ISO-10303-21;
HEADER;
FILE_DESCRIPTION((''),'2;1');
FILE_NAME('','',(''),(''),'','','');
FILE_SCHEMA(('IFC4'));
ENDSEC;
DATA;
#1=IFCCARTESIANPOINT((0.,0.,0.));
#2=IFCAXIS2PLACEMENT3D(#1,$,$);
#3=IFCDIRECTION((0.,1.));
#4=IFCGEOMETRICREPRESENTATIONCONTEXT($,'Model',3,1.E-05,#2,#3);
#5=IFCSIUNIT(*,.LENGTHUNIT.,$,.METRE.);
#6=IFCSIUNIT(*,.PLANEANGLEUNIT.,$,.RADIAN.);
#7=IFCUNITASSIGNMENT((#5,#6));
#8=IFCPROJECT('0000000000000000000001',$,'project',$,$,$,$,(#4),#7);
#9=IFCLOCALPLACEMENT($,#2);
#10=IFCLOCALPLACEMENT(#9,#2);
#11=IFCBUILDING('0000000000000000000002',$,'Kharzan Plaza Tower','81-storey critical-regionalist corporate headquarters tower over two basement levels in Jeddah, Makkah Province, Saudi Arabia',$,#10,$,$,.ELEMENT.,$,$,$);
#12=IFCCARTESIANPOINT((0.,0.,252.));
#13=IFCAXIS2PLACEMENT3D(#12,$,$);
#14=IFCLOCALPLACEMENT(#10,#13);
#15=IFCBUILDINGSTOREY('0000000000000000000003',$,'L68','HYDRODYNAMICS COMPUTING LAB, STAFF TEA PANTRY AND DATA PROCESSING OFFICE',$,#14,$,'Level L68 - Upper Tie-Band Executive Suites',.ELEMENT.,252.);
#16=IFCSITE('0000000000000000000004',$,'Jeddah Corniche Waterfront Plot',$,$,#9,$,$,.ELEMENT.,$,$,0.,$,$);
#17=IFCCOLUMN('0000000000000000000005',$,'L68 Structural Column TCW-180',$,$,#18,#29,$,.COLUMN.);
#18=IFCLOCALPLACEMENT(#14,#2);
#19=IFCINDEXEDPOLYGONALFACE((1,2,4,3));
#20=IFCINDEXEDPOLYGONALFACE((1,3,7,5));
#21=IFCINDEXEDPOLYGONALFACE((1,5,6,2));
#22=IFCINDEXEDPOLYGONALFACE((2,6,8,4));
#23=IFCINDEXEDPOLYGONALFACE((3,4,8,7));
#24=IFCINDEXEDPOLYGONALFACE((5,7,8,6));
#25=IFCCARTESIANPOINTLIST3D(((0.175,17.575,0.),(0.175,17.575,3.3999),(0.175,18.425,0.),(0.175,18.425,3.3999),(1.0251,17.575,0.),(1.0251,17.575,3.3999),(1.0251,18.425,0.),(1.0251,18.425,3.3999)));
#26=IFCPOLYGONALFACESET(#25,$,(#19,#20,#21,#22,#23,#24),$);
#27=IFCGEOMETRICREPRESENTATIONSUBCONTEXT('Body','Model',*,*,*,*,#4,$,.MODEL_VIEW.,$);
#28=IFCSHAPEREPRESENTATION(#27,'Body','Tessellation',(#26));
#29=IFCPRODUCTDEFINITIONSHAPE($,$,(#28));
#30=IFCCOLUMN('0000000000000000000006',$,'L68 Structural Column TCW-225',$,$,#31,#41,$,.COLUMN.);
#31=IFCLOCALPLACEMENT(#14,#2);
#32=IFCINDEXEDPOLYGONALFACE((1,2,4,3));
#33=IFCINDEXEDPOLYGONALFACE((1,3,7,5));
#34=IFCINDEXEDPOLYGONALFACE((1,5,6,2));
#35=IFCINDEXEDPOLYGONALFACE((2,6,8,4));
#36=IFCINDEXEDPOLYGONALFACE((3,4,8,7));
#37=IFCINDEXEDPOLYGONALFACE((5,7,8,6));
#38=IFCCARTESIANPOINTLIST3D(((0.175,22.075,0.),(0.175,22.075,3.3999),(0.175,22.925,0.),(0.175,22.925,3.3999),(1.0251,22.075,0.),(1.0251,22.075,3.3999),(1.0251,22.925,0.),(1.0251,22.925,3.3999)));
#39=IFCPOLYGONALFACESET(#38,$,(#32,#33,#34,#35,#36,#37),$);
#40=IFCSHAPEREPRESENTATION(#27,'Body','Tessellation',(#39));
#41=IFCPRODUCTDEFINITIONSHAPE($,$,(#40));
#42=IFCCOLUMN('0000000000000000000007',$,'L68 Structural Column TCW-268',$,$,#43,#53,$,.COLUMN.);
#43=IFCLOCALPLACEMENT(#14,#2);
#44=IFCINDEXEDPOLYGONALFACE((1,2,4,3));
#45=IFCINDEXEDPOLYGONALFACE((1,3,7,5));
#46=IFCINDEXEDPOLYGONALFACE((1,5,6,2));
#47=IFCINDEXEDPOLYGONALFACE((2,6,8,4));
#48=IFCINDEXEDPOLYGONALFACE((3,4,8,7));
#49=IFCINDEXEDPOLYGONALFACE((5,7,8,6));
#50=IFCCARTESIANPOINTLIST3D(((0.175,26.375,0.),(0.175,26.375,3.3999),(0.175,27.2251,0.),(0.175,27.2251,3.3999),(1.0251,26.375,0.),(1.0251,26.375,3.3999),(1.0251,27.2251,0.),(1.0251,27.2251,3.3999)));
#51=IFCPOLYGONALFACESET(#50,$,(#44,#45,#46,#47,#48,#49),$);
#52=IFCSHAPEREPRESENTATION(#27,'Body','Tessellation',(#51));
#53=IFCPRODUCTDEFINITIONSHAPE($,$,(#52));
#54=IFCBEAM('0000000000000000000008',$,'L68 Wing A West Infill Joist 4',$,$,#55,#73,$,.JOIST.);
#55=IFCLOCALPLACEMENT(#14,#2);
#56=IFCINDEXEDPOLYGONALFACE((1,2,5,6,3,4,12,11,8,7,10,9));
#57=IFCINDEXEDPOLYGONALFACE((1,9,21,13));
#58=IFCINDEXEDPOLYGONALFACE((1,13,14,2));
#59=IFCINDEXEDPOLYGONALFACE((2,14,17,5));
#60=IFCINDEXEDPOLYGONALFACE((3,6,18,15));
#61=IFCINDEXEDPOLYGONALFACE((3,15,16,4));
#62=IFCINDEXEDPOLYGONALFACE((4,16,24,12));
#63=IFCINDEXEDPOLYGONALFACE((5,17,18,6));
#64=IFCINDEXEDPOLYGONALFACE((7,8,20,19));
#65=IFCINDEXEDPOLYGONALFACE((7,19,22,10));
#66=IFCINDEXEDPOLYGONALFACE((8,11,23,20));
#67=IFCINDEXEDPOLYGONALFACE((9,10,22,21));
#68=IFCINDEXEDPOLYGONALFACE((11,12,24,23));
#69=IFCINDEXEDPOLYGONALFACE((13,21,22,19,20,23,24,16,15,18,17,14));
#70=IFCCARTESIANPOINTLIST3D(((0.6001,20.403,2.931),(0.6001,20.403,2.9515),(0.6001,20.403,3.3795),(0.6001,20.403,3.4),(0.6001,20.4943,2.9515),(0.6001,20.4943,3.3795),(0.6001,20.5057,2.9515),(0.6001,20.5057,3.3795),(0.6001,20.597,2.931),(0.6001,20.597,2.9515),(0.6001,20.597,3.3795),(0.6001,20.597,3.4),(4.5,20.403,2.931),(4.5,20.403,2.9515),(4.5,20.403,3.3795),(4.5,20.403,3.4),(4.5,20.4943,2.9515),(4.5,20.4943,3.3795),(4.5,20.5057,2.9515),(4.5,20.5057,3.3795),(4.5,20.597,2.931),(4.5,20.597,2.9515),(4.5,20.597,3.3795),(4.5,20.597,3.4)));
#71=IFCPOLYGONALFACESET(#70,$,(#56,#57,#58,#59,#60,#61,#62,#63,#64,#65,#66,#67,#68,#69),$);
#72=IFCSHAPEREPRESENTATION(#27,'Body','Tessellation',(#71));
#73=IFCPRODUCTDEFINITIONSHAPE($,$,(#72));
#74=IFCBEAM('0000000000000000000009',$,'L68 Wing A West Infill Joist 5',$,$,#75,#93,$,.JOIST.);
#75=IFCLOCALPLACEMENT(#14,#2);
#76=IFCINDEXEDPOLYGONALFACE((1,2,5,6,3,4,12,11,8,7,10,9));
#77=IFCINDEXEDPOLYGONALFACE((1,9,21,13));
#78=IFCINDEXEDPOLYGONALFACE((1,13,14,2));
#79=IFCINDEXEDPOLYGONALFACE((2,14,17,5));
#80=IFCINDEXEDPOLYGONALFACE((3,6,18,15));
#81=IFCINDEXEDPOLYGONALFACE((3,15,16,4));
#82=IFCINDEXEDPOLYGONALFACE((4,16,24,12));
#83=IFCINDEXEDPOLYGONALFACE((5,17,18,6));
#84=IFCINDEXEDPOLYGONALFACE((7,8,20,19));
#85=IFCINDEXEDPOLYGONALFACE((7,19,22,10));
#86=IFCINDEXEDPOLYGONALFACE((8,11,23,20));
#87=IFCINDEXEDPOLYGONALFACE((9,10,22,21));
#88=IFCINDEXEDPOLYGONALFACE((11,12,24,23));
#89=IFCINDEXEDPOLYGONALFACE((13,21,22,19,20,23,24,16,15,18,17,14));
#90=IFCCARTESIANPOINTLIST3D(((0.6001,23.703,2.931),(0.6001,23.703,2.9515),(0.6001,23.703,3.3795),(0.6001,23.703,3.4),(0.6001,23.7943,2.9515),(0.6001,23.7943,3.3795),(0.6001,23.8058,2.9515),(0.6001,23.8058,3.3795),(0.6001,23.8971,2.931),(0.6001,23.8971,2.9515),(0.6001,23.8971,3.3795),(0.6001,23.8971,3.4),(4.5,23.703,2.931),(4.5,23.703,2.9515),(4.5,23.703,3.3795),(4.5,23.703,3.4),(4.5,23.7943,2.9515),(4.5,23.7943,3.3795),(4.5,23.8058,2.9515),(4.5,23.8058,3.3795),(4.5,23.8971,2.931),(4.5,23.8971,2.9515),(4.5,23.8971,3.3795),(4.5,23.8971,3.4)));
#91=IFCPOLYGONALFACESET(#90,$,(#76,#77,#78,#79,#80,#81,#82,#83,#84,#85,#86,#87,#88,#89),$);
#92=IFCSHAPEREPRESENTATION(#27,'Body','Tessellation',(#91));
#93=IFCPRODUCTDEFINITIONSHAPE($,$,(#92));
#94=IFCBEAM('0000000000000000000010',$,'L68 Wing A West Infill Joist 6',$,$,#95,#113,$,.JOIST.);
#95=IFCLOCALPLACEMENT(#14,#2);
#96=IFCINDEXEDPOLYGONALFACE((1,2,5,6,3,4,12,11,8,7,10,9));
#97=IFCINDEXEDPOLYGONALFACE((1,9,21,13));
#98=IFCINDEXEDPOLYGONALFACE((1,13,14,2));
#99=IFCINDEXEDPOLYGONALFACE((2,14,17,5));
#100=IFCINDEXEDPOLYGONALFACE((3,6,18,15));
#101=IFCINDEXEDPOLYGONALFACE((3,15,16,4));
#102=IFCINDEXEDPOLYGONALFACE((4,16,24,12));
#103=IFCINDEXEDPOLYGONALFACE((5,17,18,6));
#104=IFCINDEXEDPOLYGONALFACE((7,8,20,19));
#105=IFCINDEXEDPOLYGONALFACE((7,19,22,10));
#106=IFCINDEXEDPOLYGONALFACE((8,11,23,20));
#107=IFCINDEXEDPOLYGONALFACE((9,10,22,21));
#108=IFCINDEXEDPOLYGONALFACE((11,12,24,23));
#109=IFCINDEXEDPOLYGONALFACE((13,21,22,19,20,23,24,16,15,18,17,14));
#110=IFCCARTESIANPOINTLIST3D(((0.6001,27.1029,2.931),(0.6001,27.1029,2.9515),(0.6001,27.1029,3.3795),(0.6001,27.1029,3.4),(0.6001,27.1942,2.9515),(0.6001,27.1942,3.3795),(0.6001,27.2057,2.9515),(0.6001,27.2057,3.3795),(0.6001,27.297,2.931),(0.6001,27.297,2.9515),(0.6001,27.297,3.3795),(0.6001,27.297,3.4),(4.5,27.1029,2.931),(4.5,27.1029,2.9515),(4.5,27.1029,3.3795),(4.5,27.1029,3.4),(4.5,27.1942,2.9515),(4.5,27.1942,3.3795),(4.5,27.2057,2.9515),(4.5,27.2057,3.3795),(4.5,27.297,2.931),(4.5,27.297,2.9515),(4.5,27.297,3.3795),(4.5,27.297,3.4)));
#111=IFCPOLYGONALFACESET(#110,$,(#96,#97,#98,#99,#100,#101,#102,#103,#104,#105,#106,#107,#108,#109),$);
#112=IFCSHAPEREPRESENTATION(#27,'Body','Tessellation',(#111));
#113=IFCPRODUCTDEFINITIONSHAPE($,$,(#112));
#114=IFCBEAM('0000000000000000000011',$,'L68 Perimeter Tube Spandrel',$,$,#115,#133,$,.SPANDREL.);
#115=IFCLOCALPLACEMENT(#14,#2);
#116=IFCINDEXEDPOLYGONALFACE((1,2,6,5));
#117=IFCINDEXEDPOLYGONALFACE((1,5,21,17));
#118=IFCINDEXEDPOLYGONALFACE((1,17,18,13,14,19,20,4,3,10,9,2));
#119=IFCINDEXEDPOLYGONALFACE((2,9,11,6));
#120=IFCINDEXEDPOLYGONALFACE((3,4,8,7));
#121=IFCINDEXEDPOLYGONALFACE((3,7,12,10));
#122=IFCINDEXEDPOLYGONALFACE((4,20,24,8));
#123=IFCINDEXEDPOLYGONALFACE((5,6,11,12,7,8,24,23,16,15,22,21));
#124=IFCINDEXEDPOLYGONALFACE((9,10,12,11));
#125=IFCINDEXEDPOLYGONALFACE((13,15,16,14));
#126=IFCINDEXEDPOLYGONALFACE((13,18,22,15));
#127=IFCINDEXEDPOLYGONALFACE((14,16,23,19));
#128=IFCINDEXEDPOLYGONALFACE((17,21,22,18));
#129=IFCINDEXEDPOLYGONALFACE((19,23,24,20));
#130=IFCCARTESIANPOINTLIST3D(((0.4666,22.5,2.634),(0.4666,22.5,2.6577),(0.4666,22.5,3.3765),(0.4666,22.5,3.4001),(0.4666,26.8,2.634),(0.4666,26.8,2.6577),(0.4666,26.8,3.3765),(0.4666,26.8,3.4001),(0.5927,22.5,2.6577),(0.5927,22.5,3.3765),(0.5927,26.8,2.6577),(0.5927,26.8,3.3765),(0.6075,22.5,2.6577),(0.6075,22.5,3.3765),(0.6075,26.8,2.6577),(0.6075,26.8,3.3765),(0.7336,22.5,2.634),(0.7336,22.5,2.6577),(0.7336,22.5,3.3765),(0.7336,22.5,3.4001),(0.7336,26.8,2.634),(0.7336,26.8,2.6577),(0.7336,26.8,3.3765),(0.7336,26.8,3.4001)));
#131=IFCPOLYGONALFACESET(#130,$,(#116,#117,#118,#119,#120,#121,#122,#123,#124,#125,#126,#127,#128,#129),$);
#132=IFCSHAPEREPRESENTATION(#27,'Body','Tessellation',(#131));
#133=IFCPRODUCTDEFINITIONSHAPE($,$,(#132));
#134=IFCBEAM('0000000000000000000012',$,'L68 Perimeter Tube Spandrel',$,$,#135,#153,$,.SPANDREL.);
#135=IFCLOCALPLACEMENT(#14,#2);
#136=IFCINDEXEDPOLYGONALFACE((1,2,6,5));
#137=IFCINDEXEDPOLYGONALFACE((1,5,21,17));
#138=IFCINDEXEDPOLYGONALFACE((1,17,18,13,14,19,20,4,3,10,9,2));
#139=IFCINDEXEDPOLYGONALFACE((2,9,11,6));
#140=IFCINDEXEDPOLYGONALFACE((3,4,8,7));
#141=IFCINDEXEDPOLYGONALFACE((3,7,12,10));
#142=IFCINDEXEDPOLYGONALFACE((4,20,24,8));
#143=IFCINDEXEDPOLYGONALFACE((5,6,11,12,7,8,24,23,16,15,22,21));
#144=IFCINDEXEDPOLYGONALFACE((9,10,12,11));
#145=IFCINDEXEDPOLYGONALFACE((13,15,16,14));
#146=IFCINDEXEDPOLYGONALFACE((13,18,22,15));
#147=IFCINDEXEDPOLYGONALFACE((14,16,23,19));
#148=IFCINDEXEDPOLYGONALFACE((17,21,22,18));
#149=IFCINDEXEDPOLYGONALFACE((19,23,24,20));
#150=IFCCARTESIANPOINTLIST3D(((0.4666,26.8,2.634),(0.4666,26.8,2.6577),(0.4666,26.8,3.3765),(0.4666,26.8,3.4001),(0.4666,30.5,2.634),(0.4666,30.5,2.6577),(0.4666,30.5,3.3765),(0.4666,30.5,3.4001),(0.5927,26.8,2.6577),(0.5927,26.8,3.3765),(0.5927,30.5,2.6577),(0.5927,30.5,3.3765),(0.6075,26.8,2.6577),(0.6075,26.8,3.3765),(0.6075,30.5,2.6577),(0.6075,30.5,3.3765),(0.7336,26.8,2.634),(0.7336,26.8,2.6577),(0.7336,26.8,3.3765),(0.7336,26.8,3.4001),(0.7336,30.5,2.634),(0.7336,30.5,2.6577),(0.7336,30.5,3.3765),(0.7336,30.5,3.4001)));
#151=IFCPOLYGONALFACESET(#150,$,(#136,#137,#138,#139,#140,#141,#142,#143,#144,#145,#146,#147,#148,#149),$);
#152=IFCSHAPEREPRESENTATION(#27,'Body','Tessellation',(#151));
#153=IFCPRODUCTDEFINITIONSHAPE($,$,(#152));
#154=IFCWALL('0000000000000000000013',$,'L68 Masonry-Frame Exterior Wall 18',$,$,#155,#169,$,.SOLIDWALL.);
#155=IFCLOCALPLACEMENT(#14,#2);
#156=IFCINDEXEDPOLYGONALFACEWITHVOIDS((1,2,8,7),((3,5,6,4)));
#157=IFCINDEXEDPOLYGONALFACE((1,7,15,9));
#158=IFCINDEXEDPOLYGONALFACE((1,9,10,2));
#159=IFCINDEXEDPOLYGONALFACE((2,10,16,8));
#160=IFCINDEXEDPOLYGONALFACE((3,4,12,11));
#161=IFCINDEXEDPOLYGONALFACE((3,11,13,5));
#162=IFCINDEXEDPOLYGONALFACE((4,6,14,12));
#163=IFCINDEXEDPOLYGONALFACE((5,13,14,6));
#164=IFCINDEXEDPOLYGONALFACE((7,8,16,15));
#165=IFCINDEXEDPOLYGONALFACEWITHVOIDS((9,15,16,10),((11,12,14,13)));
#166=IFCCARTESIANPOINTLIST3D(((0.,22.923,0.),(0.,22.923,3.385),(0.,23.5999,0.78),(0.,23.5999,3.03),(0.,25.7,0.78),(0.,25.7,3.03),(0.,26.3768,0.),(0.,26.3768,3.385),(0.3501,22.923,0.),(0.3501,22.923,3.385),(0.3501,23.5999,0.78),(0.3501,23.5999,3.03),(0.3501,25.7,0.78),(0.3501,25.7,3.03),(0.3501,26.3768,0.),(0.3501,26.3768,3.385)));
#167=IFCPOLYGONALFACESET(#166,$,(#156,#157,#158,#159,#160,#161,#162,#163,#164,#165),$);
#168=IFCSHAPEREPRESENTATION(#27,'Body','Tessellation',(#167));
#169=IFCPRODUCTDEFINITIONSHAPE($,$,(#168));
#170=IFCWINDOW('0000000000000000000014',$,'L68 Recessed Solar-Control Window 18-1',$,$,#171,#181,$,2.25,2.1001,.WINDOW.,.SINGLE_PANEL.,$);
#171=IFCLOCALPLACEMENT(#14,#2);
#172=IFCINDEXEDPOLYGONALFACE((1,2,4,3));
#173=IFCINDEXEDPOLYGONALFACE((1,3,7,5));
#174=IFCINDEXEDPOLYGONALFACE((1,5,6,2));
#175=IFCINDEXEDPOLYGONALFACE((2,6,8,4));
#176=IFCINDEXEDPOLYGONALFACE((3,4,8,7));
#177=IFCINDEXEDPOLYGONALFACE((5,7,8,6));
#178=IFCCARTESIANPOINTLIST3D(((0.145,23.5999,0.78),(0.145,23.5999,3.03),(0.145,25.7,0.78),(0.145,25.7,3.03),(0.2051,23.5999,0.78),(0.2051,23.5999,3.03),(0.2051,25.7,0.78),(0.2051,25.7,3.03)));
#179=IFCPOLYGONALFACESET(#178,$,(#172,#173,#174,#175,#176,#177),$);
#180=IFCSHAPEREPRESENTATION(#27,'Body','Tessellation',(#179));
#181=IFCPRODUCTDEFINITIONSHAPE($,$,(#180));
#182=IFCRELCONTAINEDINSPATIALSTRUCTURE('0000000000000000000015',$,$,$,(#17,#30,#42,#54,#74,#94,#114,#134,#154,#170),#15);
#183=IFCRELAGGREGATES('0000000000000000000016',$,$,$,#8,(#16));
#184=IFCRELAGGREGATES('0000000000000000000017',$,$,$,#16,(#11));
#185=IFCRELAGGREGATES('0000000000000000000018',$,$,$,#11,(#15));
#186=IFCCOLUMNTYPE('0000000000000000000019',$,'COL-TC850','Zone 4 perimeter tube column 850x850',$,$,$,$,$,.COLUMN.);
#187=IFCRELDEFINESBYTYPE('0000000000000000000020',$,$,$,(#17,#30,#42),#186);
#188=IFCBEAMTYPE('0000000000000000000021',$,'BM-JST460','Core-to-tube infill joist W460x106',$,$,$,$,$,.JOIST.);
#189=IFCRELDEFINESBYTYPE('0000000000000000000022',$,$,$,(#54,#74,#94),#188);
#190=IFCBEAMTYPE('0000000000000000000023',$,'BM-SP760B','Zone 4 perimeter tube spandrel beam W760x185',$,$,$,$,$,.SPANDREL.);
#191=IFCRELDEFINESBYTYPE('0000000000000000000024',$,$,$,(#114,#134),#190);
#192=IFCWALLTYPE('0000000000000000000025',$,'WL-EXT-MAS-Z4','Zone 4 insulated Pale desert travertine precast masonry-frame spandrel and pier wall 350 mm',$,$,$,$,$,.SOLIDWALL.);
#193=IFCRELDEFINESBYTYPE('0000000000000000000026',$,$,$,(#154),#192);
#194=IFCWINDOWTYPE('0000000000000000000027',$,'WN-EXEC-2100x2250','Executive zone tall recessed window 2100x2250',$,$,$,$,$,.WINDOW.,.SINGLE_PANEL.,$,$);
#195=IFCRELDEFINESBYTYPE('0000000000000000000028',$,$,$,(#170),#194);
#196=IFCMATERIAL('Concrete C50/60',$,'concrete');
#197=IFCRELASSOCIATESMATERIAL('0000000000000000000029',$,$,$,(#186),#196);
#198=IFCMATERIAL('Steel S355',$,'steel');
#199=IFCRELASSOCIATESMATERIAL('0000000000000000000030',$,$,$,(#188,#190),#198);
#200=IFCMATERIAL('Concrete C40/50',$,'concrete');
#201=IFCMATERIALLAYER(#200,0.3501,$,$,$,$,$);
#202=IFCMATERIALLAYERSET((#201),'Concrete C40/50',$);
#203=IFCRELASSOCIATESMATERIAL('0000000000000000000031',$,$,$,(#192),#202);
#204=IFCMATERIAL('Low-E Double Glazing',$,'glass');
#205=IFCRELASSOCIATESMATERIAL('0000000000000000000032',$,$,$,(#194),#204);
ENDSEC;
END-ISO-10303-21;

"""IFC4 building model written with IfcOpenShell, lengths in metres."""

from ifc_helpers import new_model, si_unit, direction, frame, frame_2d, origin, origin_2d, place, context, subcontext, project, spatial, rectangle, i_section, extrude, source, transform, mapped, material, layer, layer_set, material_profile, profile_set, type_object, element, fill, save


model = new_model("IFC4")

# Units and contexts
model_context = context("Model", 3, precision=1e-05, world=origin(), true_north=direction((0.0, 1.0)))
body_context = subcontext(model_context, "Body", "Model", "MODEL_VIEW")
ifc_project = project(units=[si_unit("LENGTHUNIT", "METRE"), si_unit("PLANEANGLEUNIT", "RADIAN")], contexts=[model_context])

# Site, building, storey
site_placement = place(None, origin())
site = spatial("IfcSite", under=ifc_project, at=site_placement, Name="Jeddah Corniche Waterfront Plot", CompositionType="ELEMENT", RefElevation=0.0)
building_placement = place(site_placement, origin())
building = spatial("IfcBuilding", under=site, at=building_placement, Name="Kharzan Plaza Tower", Description="81-storey critical-regionalist corporate headquarters tower over two basement levels in Jeddah, Makkah Province, Saudi Arabia", CompositionType="ELEMENT")
storey_placement = place(building_placement, frame((0.0, 0.0, 252.0)))
storey = spatial("IfcBuildingStorey", under=building, at=storey_placement, Name="L68", Description="HYDRODYNAMICS COMPUTING LAB, STAFF TEA PANTRY AND DATA PROCESSING OFFICE", LongName="Level L68 - Upper Tie-Band Executive Suites", CompositionType="ELEMENT", Elevation=252.0)

# Columns
ifc_material_1 = material(Name="Concrete C50/60", Category="concrete")
ifc_material_profile_1 = material_profile(ifc_material_1, rectangle(XDim=0.8501, YDim=0.8501, at=origin_2d()), Name="RC-TC850x850")
ifc_profile_set_1 = profile_set([ifc_material_profile_1], Name="Concrete C50/60")
column_type = type_object("IfcColumnType", Name="COL-TC850", Description="Zone 4 perimeter tube column 850x850", PredefinedType="COLUMN", material=ifc_profile_set_1)
shared_shape_1 = source(origin(), body_context, "Body", "SweptSolid", [
    extrude(rectangle(XDim=0.8501, YDim=0.8501, at=origin_2d()), origin(), (0.0, 0.0, 1.0), 3.3999),
])
for number, where, z_axis, x_axis, name in (
    (1, (0.6001, 18.0, 0.0), (0.0, 0.0, 1.0), (1.0, 0.0, 0.0), "L68 Structural Column TCW-180"),
    (2, (0.6001, 22.5, 0.0), (0.0, 0.0, 1.0), (1.0, 0.0, 0.0), "L68 Structural Column TCW-225"),
    (3, (0.6001, 26.8, 0.0), (0.0, 0.0, 1.0), (1.0, 0.0, 0.0), "L68 Structural Column TCW-268"),
):
    element("IfcColumn", number, at=place(storey_placement, frame(where, z_axis=z_axis, x_axis=x_axis)), inside=storey, type_object=column_type, Name=name, PredefinedType="COLUMN", context=body_context, shape_type="MappedRepresentation", body=[
        mapped(shared_shape_1, transform((0.0, 0.0, 0.0), x_axis=(1.0, 0.0, 0.0), y_axis=(0.0, 1.0, 0.0), z_axis=(0.0, 0.0, 1.0))),
    ])

# Beams
ifc_material_2 = material(Name="Steel S355", Category="steel")
ifc_material_profile_2 = material_profile(ifc_material_2, i_section(OverallWidth=0.1941, OverallDepth=0.469, WebThickness=0.0115, FlangeThickness=0.0205, at=origin_2d()), Name="W460x106")
ifc_profile_set_2 = profile_set([ifc_material_profile_2], Name="Steel S355")
beam_type_1 = type_object("IfcBeamType", Name="BM-JST460", Description="Core-to-tube infill joist W460x106", PredefinedType="JOIST", material=ifc_profile_set_2)
shared_shape_2 = source(origin(), body_context, "Body", "SweptSolid", [
    extrude(i_section(OverallWidth=0.1941, OverallDepth=0.469, WebThickness=0.0115, FlangeThickness=0.0205, at=origin_2d()), origin(), (0.0, 0.0, 1.0), 3.8999),
])
for number, where, z_axis, x_axis, name in (
    (4, (0.6001, 20.5, 3.1655), (1.0, 0.0, 0.0), (0.0, 1.0, 0.0), "L68 Wing A West Infill Joist 4"),
    (5, (0.6001, 23.8, 3.1655), (1.0, 0.0, 0.0), (0.0, 1.0, 0.0), "L68 Wing A West Infill Joist 5"),
    (6, (0.6001, 27.2, 3.1655), (1.0, 0.0, 0.0), (0.0, 1.0, 0.0), "L68 Wing A West Infill Joist 6"),
):
    element("IfcBeam", number, at=place(storey_placement, frame(where, z_axis=z_axis, x_axis=x_axis)), inside=storey, type_object=beam_type_1, Name=name, PredefinedType="JOIST", context=body_context, shape_type="MappedRepresentation", body=[
        mapped(shared_shape_2, transform((0.0, 0.0, 0.0), x_axis=(1.0, 0.0, 0.0), y_axis=(0.0, 1.0, 0.0), z_axis=(0.0, 0.0, 1.0))),
    ])
ifc_material_profile_3 = material_profile(ifc_material_2, i_section(OverallWidth=0.2671, OverallDepth=0.7661, WebThickness=0.0149, FlangeThickness=0.0237, at=origin_2d()), Name="W760x185")
ifc_profile_set_3 = profile_set([ifc_material_profile_3], Name="Steel S355")
beam_type_2 = type_object("IfcBeamType", Name="BM-SP760B", Description="Zone 4 perimeter tube spandrel beam W760x185", PredefinedType="SPANDREL", material=ifc_profile_set_3)
shared_shape_3 = source(origin(), body_context, "Body", "SweptSolid", [
    extrude(i_section(OverallWidth=0.2671, OverallDepth=0.7661, WebThickness=0.0149, FlangeThickness=0.0237, at=origin_2d()), origin(), (0.0, 0.0, 1.0), 4.3),
])
beam_1_placement = place(storey_placement, frame((0.6001, 22.5, 3.0171), z_axis=(0.0, 1.0, 0.0), x_axis=(-1.0, 0.0, 0.0)))
element("IfcBeam", 7, at=beam_1_placement, inside=storey, type_object=beam_type_2, Name="L68 Perimeter Tube Spandrel", PredefinedType="SPANDREL", context=body_context, shape_type="MappedRepresentation", body=[
    mapped(shared_shape_3, transform((0.0, 0.0, 0.0), x_axis=(1.0, 0.0, 0.0), y_axis=(0.0, 1.0, 0.0), z_axis=(0.0, 0.0, 1.0))),
])
shared_shape_4 = source(origin(), body_context, "Body", "SweptSolid", [
    extrude(i_section(OverallWidth=0.2671, OverallDepth=0.7661, WebThickness=0.0149, FlangeThickness=0.0237, at=origin_2d()), origin(), (0.0, 0.0, 1.0), 3.7),
])
beam_2_placement = place(storey_placement, frame((0.6001, 26.8, 3.0171), z_axis=(0.0, 1.0, 0.0), x_axis=(-1.0, 0.0, 0.0)))
element("IfcBeam", 8, at=beam_2_placement, inside=storey, type_object=beam_type_2, Name="L68 Perimeter Tube Spandrel", PredefinedType="SPANDREL", context=body_context, shape_type="MappedRepresentation", body=[
    mapped(shared_shape_4, transform((0.0, 0.0, 0.0), x_axis=(1.0, 0.0, 0.0), y_axis=(0.0, 1.0, 0.0), z_axis=(0.0, 0.0, 1.0))),
])

# Wall, opening, window
ifc_material_3 = material(Name="Concrete C40/50", Category="concrete")
ifc_layer_1 = layer(ifc_material_3, 0.3501)
ifc_layer_set_1 = layer_set([ifc_layer_1], Name="Concrete C40/50")
wall_type_1 = type_object("IfcWallType", Name="WL-EXT-MAS-Z4", Description="Zone 4 insulated Pale desert travertine precast masonry-frame spandrel and pier wall 350 mm", PredefinedType="SOLIDWALL", material=ifc_layer_set_1)
wall_1_placement = place(storey_placement, frame((0.175, 26.377, 0.0), z_axis=(0.0, 0.0, 1.0), x_axis=(0.0, -1.0, 0.0)))
wall_1 = element("IfcWall", 9, at=wall_1_placement, inside=storey, type_object=wall_type_1, Name="L68 Masonry-Frame Exterior Wall 18", PredefinedType="SOLIDWALL", context=body_context, shape_type="SweptSolid", body=[
    extrude(rectangle(XDim=3.4539, YDim=0.3501, at=frame_2d((1.7271, 0.0))), origin(), (0.0, 0.0, 1.0), 3.385),
])
opening_1_placement = place(wall_1_placement, frame((0.677, 0.0, 0.78)))
opening_1 = element("IfcOpeningElement", 10, at=opening_1_placement, cuts=wall_1, PredefinedType="OPENING", context=body_context, shape_type="SweptSolid", body=[
    extrude(rectangle(XDim=2.1001, YDim=2.25, at=frame_2d((1.05, 1.125))), frame((0.0, 0.1851, 0.0), z_axis=(0.0, -1.0, 0.0), x_axis=(1.0, 0.0, 0.0)), (0.0, 0.0, 1.0), 0.3701),
])
ifc_material_4 = material(Name="Low-E Double Glazing", Category="glass")
window_type = type_object("IfcWindowType", Name="WN-EXEC-2100x2250", Description="Executive zone tall recessed window 2100x2250", PartitioningType="SINGLE_PANEL", PredefinedType="WINDOW", material=ifc_material_4)
shared_shape_5 = source(origin(), body_context, "Body", "SweptSolid", [
    extrude(rectangle(XDim=2.1001, YDim=2.25, at=frame_2d((1.05, 1.125))), frame((0.0, 0.03, 0.0), z_axis=(0.0, -1.0, 0.0), x_axis=(1.0, 0.0, 0.0)), (0.0, 0.0, 1.0), 0.0601),
])
window_1_placement = place(opening_1_placement, origin())
window_1 = element("IfcWindow", 11, at=window_1_placement, inside=storey, type_object=window_type, Name="L68 Recessed Solar-Control Window 18-1", OverallHeight=2.25, OverallWidth=2.1001, PartitioningType="SINGLE_PANEL", PredefinedType="WINDOW", context=body_context, shape_type="MappedRepresentation", body=[
    mapped(shared_shape_5, transform((0.0, 0.0, 0.0), x_axis=(1.0, 0.0, 0.0), y_axis=(0.0, 1.0, 0.0), z_axis=(0.0, 0.0, 1.0))),
])
fill(opening_1, window_1)

save(model, "model.ifc")
